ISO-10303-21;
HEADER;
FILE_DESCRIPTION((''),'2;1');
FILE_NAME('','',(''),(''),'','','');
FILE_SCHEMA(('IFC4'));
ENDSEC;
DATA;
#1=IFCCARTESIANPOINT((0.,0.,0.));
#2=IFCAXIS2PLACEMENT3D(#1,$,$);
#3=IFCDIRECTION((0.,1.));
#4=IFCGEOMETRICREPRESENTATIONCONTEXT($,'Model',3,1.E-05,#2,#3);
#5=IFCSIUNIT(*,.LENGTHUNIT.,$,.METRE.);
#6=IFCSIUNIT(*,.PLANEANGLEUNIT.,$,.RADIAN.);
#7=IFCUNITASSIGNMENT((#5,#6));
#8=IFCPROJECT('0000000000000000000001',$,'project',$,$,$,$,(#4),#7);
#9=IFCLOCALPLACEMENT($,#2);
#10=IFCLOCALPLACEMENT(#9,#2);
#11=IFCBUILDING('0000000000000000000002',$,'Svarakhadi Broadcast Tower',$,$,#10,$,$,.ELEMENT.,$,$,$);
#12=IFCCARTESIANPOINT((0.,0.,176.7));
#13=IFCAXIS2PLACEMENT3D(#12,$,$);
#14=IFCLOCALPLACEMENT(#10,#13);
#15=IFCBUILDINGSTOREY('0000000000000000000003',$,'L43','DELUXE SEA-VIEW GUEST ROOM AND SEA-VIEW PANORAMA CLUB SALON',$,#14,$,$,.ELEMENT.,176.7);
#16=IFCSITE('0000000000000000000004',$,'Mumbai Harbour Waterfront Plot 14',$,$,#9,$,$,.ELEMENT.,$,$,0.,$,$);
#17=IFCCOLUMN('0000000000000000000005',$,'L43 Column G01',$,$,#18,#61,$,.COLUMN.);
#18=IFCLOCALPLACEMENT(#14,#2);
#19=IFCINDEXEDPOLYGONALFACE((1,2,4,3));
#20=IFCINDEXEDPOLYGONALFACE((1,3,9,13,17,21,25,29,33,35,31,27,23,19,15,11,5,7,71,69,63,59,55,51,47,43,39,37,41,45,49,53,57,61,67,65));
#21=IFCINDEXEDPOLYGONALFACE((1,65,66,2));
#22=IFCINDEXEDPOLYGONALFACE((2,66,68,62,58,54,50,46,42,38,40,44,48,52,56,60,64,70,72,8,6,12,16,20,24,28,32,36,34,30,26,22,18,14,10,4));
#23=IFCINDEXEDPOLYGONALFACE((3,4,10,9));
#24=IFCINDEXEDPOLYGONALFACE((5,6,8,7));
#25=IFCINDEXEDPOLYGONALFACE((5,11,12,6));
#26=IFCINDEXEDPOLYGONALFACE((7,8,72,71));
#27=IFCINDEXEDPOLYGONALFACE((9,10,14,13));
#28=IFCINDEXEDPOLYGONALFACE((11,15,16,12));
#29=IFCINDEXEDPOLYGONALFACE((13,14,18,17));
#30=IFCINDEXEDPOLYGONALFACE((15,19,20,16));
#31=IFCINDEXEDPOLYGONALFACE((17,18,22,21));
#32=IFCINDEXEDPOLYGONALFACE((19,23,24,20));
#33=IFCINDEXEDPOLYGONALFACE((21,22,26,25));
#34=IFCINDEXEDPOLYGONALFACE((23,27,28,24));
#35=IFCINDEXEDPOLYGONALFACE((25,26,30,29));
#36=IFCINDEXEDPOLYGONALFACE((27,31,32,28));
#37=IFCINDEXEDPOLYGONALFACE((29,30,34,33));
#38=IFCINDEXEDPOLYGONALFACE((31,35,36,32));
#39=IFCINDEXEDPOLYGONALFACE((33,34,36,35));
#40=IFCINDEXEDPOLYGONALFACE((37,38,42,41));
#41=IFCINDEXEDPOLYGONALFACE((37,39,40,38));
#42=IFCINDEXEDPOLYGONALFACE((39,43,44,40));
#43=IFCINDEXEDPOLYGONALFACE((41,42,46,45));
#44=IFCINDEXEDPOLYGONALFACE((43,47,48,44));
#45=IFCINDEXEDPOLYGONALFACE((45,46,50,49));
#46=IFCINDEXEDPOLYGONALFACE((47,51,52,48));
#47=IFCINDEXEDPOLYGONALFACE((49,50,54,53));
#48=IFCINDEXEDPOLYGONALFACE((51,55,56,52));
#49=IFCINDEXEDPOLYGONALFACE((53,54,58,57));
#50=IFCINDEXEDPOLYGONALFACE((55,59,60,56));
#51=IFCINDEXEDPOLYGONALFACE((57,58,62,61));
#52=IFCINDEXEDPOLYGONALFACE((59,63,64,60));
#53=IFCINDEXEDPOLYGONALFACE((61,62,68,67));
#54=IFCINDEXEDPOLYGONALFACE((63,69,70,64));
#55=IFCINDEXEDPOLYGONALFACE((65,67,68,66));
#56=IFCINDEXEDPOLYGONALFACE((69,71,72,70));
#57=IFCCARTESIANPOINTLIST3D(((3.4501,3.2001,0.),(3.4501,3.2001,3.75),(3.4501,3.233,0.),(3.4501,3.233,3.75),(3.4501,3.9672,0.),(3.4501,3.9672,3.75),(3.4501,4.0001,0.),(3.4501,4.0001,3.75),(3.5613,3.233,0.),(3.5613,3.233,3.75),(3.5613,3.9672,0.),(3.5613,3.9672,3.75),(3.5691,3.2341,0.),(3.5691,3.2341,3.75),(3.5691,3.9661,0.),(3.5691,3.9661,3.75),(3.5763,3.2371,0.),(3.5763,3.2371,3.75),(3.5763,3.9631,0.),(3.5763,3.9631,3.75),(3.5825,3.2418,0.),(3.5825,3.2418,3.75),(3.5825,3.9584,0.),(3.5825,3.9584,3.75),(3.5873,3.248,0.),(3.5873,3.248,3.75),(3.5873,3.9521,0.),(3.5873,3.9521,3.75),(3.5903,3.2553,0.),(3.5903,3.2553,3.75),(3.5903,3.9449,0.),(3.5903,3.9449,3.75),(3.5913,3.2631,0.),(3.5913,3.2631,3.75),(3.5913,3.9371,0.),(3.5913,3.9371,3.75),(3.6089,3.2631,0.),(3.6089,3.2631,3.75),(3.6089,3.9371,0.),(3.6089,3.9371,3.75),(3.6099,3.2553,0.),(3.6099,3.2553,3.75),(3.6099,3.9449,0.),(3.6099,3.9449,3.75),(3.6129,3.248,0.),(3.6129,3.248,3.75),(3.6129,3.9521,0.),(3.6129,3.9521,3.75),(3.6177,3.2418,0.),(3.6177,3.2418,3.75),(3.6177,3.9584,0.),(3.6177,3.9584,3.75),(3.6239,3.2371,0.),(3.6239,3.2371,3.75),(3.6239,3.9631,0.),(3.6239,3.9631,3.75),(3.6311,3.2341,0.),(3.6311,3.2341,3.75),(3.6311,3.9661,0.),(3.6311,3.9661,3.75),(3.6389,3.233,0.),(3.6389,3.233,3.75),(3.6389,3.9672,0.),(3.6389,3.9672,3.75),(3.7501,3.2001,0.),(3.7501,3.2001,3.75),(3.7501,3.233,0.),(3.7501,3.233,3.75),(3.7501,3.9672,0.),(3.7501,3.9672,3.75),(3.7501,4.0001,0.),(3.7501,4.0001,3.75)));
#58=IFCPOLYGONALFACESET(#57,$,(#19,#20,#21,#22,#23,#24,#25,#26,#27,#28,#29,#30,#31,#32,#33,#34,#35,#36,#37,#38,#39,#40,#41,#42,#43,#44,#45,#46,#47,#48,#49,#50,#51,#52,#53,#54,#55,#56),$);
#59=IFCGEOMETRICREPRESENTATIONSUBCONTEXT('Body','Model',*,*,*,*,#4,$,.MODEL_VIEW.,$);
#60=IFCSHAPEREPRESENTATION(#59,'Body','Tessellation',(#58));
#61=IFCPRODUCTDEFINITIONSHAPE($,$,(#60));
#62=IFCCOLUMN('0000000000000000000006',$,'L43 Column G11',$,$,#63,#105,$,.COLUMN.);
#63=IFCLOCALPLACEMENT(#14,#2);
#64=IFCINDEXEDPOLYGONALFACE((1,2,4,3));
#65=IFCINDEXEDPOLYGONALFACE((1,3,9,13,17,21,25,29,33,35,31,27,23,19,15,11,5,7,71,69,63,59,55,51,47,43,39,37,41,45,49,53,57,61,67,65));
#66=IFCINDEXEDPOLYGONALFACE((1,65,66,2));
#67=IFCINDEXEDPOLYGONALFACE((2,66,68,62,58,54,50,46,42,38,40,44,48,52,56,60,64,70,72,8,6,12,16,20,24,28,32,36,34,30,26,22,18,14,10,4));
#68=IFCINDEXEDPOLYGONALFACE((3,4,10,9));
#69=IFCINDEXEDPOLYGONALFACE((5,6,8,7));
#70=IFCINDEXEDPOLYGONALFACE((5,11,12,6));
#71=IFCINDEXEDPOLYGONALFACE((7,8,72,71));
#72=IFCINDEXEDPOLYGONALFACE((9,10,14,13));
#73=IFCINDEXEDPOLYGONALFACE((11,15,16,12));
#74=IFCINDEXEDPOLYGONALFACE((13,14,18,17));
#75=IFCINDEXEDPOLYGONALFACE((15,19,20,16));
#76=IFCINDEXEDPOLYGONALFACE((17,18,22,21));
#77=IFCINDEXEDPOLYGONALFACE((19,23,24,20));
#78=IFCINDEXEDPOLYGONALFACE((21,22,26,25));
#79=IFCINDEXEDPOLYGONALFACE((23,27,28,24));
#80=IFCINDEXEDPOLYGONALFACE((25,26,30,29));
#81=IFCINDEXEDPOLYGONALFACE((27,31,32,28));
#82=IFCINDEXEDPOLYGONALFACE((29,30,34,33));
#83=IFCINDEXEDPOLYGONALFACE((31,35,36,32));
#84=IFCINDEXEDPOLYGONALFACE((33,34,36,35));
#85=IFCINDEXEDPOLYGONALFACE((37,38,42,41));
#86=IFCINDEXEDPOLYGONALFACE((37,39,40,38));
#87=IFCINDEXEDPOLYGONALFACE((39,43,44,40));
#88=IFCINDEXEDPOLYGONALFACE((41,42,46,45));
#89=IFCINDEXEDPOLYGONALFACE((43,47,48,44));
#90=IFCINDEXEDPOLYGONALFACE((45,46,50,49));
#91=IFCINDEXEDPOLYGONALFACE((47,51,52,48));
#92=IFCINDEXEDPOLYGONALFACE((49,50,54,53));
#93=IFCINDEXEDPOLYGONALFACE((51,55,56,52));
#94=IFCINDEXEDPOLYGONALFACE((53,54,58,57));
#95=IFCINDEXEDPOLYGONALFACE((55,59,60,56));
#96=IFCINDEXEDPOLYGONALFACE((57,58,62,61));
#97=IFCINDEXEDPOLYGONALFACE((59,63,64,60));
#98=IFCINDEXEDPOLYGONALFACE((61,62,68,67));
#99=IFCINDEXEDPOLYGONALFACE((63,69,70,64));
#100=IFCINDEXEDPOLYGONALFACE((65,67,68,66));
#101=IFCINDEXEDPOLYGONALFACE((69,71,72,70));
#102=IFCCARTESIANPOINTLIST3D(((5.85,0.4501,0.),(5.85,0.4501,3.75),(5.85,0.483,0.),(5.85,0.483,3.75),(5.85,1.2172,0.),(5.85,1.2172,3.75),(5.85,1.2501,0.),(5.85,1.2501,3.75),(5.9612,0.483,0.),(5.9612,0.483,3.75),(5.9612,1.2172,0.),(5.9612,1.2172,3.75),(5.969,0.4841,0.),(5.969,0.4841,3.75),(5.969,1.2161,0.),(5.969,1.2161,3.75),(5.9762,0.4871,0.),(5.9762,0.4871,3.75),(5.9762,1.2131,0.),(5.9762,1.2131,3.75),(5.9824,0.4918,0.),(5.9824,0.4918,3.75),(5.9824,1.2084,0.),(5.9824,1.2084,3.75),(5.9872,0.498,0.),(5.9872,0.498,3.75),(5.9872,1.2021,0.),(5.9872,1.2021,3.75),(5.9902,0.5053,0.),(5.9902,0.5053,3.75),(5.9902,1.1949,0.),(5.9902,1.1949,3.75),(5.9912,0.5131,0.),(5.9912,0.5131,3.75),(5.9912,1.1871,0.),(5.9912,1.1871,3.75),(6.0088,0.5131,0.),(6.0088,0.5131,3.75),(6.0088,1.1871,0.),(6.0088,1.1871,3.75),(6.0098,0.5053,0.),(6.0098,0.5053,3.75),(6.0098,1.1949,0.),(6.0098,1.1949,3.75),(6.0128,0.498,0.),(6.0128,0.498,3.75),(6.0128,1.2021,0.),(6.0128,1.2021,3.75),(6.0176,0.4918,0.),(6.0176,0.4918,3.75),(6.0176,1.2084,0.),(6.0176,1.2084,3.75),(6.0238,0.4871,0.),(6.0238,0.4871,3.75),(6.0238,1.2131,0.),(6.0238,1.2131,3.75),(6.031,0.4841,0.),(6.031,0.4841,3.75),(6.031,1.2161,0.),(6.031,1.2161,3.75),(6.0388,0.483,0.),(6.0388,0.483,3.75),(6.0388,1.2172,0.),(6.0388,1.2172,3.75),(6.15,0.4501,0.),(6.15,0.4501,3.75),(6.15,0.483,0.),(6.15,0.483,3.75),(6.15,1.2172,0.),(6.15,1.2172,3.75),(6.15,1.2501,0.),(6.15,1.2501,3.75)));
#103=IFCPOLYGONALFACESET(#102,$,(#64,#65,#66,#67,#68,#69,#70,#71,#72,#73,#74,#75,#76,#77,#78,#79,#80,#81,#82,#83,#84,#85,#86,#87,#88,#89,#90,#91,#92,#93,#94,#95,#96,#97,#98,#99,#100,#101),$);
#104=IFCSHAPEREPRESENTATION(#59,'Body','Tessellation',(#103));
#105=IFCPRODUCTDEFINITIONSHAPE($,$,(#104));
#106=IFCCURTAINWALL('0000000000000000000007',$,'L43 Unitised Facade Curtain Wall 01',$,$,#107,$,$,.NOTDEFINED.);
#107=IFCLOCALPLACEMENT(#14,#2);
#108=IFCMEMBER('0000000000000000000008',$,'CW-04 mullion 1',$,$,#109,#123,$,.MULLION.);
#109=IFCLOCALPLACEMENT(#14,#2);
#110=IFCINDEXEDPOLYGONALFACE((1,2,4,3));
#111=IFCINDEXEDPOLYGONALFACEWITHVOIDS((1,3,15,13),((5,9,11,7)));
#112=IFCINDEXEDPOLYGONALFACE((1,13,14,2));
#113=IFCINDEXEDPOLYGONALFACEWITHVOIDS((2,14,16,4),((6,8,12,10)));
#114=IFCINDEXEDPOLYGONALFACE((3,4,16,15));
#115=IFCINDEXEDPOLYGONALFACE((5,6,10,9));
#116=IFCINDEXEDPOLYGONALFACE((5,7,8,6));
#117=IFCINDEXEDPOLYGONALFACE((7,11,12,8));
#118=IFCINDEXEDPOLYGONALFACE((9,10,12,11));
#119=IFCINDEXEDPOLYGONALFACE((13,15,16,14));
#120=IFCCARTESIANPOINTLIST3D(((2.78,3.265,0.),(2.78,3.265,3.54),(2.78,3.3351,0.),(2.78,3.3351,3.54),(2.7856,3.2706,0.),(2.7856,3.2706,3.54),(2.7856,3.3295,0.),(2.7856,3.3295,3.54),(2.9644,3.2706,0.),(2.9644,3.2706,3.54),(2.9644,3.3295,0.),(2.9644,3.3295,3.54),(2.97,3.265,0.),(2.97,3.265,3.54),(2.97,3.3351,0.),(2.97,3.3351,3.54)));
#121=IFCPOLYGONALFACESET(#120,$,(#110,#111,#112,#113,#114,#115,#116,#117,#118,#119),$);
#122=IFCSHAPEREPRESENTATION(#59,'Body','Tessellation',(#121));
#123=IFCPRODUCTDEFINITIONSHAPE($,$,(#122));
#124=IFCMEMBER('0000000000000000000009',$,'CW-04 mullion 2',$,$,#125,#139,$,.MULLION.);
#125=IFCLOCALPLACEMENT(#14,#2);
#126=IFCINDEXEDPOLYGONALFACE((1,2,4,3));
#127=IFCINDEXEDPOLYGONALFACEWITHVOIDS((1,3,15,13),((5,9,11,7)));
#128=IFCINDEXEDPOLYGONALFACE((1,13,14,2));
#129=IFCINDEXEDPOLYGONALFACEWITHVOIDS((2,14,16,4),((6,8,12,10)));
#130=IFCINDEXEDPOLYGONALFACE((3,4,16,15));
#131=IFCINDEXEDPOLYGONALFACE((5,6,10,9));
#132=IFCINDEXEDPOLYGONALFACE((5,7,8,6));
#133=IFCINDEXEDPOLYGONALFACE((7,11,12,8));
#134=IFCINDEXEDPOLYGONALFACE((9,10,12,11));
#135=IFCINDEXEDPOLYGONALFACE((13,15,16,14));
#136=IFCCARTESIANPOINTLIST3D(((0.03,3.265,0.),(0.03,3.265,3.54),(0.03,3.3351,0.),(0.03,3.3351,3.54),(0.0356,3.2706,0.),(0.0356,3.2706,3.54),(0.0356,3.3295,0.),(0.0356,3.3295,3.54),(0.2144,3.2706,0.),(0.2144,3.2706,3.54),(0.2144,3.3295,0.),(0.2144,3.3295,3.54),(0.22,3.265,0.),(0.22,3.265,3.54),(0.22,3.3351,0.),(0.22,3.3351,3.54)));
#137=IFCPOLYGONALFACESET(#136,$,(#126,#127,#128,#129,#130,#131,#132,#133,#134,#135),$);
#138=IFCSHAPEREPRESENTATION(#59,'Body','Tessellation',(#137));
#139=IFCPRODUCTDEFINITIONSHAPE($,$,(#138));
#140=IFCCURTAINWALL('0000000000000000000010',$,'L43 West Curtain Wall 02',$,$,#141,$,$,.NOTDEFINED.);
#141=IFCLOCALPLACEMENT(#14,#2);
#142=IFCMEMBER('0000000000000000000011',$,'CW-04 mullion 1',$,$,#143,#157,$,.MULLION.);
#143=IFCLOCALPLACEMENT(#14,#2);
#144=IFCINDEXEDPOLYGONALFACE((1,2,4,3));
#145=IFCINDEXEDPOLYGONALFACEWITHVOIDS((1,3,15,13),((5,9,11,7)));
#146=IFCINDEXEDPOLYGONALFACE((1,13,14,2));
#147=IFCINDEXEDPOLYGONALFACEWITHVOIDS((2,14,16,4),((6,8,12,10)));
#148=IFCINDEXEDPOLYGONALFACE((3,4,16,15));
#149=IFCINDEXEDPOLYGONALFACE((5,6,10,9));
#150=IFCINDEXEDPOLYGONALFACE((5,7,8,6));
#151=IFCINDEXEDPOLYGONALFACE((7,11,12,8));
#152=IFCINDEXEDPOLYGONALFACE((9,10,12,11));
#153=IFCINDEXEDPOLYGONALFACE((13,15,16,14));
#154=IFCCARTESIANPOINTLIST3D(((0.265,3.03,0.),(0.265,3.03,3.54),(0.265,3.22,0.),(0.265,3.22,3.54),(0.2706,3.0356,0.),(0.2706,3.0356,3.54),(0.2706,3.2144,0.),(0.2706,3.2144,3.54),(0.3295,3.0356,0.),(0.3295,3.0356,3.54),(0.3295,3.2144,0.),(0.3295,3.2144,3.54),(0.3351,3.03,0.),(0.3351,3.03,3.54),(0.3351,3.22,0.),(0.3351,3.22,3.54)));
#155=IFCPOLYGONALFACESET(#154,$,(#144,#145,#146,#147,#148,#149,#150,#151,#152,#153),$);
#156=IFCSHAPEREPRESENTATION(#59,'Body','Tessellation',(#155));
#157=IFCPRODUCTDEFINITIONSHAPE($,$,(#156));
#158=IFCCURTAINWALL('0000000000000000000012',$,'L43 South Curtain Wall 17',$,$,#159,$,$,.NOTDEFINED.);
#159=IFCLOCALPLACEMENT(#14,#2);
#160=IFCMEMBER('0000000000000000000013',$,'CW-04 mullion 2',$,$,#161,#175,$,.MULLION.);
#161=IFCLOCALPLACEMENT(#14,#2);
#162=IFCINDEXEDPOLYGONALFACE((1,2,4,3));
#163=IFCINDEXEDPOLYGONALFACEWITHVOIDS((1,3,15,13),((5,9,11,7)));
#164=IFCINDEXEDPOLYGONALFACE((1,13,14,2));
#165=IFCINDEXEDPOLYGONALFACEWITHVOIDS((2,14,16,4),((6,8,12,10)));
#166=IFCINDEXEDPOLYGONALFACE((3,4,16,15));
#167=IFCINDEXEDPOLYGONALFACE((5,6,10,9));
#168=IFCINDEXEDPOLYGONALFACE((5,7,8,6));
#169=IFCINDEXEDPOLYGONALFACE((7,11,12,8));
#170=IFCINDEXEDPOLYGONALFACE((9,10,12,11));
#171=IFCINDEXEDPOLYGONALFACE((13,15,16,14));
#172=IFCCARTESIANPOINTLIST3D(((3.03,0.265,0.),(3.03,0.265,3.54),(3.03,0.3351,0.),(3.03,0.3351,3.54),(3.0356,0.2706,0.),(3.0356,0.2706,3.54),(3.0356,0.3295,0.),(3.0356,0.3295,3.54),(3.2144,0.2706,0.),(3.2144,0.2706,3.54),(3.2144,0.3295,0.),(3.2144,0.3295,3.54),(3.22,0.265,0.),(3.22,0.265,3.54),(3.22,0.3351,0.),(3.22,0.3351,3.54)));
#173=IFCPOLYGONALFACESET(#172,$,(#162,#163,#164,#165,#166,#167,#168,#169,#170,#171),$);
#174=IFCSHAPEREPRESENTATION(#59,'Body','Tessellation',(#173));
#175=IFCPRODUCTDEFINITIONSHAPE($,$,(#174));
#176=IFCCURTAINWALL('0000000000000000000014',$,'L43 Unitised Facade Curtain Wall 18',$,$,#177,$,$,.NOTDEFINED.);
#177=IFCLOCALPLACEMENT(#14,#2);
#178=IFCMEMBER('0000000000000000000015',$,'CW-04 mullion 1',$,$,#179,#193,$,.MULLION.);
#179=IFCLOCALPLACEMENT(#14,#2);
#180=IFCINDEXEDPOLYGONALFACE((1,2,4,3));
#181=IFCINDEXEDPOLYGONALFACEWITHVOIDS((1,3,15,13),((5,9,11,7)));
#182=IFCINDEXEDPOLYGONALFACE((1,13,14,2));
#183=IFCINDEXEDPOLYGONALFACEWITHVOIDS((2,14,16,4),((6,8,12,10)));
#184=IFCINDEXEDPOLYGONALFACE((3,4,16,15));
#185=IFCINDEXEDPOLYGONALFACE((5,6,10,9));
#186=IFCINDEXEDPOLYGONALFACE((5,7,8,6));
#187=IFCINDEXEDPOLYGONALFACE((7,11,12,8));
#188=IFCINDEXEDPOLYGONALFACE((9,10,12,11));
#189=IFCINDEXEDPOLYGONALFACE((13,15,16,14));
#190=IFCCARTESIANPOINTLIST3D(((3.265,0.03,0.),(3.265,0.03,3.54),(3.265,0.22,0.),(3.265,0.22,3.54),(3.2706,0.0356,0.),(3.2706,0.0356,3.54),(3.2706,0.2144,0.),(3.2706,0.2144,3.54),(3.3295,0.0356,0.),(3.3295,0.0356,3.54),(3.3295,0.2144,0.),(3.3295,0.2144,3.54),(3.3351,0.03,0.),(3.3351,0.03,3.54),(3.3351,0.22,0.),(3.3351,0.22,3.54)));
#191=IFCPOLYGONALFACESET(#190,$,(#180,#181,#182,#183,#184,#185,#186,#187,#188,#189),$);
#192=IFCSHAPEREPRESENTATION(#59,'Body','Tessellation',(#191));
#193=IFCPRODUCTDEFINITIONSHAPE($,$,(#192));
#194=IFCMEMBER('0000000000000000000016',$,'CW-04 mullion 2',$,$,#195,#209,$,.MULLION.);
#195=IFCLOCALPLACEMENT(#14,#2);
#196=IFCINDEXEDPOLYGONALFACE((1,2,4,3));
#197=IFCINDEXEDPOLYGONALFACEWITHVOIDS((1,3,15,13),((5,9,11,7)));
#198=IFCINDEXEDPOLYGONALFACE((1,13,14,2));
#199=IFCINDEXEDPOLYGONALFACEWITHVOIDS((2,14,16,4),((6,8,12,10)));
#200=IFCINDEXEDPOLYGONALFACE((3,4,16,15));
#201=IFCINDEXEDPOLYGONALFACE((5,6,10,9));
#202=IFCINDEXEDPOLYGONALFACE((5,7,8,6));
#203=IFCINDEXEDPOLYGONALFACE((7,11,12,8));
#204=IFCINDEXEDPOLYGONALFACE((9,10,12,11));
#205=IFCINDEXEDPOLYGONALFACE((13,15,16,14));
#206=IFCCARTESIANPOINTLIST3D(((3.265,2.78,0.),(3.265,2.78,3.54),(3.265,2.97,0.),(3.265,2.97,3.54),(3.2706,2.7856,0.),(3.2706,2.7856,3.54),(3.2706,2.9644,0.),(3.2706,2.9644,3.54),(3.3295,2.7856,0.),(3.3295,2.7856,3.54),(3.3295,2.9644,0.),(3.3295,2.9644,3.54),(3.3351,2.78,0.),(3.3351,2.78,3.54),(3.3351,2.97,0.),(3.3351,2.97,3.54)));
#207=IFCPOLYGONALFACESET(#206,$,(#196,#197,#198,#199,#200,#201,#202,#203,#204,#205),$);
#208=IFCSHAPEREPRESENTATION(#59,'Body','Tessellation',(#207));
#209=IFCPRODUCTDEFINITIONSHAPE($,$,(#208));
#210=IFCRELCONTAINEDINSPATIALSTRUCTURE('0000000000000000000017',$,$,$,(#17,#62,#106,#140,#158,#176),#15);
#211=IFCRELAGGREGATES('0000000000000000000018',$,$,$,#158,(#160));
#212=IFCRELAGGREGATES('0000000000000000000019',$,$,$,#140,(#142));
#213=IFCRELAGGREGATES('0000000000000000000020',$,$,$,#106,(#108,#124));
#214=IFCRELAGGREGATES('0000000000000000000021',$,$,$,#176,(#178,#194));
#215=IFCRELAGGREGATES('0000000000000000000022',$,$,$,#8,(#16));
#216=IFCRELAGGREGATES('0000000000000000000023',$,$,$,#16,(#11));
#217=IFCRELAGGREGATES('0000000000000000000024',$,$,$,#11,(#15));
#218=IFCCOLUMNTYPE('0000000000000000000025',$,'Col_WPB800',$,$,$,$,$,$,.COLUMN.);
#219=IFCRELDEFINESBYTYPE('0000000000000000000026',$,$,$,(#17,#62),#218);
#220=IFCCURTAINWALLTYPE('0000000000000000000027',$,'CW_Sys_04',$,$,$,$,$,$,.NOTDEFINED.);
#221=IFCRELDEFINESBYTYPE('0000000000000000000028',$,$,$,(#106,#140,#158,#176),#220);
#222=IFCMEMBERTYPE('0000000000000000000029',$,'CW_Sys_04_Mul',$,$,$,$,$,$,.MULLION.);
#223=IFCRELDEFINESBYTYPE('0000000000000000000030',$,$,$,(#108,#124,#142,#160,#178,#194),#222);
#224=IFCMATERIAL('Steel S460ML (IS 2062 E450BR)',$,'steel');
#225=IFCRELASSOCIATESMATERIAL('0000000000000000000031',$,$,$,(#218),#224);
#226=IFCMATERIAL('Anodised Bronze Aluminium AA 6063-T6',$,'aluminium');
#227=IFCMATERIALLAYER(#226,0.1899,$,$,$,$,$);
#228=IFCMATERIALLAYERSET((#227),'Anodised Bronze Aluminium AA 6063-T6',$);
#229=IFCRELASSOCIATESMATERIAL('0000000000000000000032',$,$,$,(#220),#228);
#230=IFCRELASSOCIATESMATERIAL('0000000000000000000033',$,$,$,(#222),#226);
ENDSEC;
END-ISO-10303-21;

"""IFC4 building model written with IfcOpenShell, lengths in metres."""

from ifc_helpers import new_model, si_unit, direction, frame, origin, origin_2d, place, context, subcontext, project, spatial, hollow_rectangle, i_section, extrude, material, layer, layer_set, material_profile, profile_set, type_object, element, aggregate, save


model = new_model("IFC4")

# Units and contexts
model_context = context("Model", 3, precision=1e-05, world=origin(), true_north=direction((0.0, 1.0)))
body_context = subcontext(model_context, "Body", "Model", "MODEL_VIEW")
ifc_project = project(units=[si_unit("LENGTHUNIT", "METRE"), si_unit("PLANEANGLEUNIT", "RADIAN")], contexts=[model_context])

# Site, building, storey
site_placement = place(None, origin())
site = spatial("IfcSite", under=ifc_project, at=site_placement, Name="Mumbai Harbour Waterfront Plot 14", CompositionType="ELEMENT", RefElevation=0.0)
building_placement = place(site_placement, origin())
building = spatial("IfcBuilding", under=site, at=building_placement, Name="Svarakhadi Broadcast Tower", CompositionType="ELEMENT")
storey_placement = place(building_placement, frame((0.0, 0.0, 176.7)))
storey = spatial("IfcBuildingStorey", under=building, at=storey_placement, Name="L43", Description="DELUXE SEA-VIEW GUEST ROOM AND SEA-VIEW PANORAMA CLUB SALON", CompositionType="ELEMENT", Elevation=176.7)

# Columns
ifc_material_1 = material(Name="Steel S460ML (IS 2062 E450BR)", Category="steel")
ifc_material_profile_1 = material_profile(ifc_material_1, i_section(OverallWidth=0.3, OverallDepth=0.8, WebThickness=0.0176, FlangeThickness=0.033, FilletRadius=0.03, at=origin_2d()), Name="WPB 800x300x262")
ifc_profile_set_1 = profile_set([ifc_material_profile_1], Name="Steel S460ML (IS 2062 E450BR)")
column_type = type_object("IfcColumnType", Name="Col_WPB800", PredefinedType="COLUMN", material=ifc_profile_set_1)
for number, where, z_axis, x_axis, name in (
    (1, (3.6001, 3.6001, 0.0), (0.0, 0.0, 1.0), (1.0, 0.0, 0.0), "L43 Column G01"),
    (2, (6.0, 0.8501, 0.0), (0.0, 0.0, 1.0), (1.0, 0.0, 0.0), "L43 Column G11"),
):
    element("IfcColumn", number, at=place(storey_placement, frame(where, z_axis=z_axis, x_axis=x_axis)), inside=storey, type_object=column_type, Name=name, PredefinedType="COLUMN", context=body_context, shape_type="SweptSolid", body=[
        extrude(i_section(OverallWidth=0.3, OverallDepth=0.8, WebThickness=0.0176, FlangeThickness=0.033, FilletRadius=0.03, at=origin_2d()), origin(), (0.0, 0.0, 1.0), 3.75),
    ])

# Curtain wall, members
ifc_material_2 = material(Name="Anodised Bronze Aluminium AA 6063-T6", Category="aluminium")
ifc_layer_1 = layer(ifc_material_2, 0.1899)
ifc_layer_set_1 = layer_set([ifc_layer_1], Name="Anodised Bronze Aluminium AA 6063-T6")
curtain_wall_type = type_object("IfcCurtainWallType", Name="CW_Sys_04", PredefinedType="NOTDEFINED", material=ifc_layer_set_1)
curtain_wall_1_placement = place(storey_placement, origin())
curtain_wall_1 = element("IfcCurtainWall", 3, at=curtain_wall_1_placement, inside=storey, type_object=curtain_wall_type, Name="L43 Unitised Facade Curtain Wall 01", PredefinedType="NOTDEFINED")
ifc_material_profile_2 = material_profile(ifc_material_2, hollow_rectangle(XDim=0.0701, YDim=0.1899, WallThickness=0.0056, at=origin_2d()), Name="ALU MULLION 190x70x6")
ifc_profile_set_2 = profile_set([ifc_material_profile_2], Name="Anodised Bronze Aluminium AA 6063-T6")
member_type_1 = type_object("IfcMemberType", Name="CW_Sys_04_Mul", PredefinedType="MULLION", material=ifc_profile_set_2)
member_1_placement = place(storey_placement, frame((2.875, 3.3, 0.0), z_axis=(0.0, 0.0, 1.0), x_axis=(0.0, -1.0, 0.0)))
member_1 = element("IfcMember", 4, at=member_1_placement, type_object=member_type_1, Name="CW-04 mullion 1", PredefinedType="MULLION", context=body_context, shape_type="SweptSolid", body=[
    extrude(hollow_rectangle(XDim=0.0701, YDim=0.1899, WallThickness=0.0056, at=origin_2d()), origin(), (0.0, 0.0, 1.0), 3.54),
])
member_2_placement = place(storey_placement, frame((0.125, 3.3, 0.0), z_axis=(0.0, 0.0, 1.0), x_axis=(0.0, -1.0, 0.0)))
member_2 = element("IfcMember", 5, at=member_2_placement, type_object=member_type_1, Name="CW-04 mullion 2", PredefinedType="MULLION", context=body_context, shape_type="SweptSolid", body=[
    extrude(hollow_rectangle(XDim=0.0701, YDim=0.1899, WallThickness=0.0056, at=origin_2d()), origin(), (0.0, 0.0, 1.0), 3.54),
])

# Curtain walls, members
curtain_wall_2_placement = place(storey_placement, origin())
curtain_wall_2 = element("IfcCurtainWall", 6, at=curtain_wall_2_placement, inside=storey, type_object=curtain_wall_type, Name="L43 West Curtain Wall 02", PredefinedType="NOTDEFINED")
member_3_placement = place(storey_placement, frame((0.3, 3.125, 0.0), z_axis=(0.0, 0.0, 1.0), x_axis=(-1.0, 0.0, 0.0)))
member_3 = element("IfcMember", 7, at=member_3_placement, type_object=member_type_1, Name="CW-04 mullion 1", PredefinedType="MULLION", context=body_context, shape_type="SweptSolid", body=[
    extrude(hollow_rectangle(XDim=0.0701, YDim=0.1899, WallThickness=0.0056, at=origin_2d()), origin(), (0.0, 0.0, 1.0), 3.54),
])
curtain_wall_3_placement = place(storey_placement, origin())
curtain_wall_3 = element("IfcCurtainWall", 8, at=curtain_wall_3_placement, inside=storey, type_object=curtain_wall_type, Name="L43 South Curtain Wall 17", PredefinedType="NOTDEFINED")
member_4_placement = place(storey_placement, frame((3.125, 0.3, 0.0), z_axis=(0.0, 0.0, 1.0), x_axis=(0.0, -1.0, 0.0)))
member_4 = element("IfcMember", 9, at=member_4_placement, type_object=member_type_1, Name="CW-04 mullion 2", PredefinedType="MULLION", context=body_context, shape_type="SweptSolid", body=[
    extrude(hollow_rectangle(XDim=0.0701, YDim=0.1899, WallThickness=0.0056, at=origin_2d()), origin(), (0.0, 0.0, 1.0), 3.54),
])
aggregate(curtain_wall_3, [member_4])

# Curtain wall, members
curtain_wall_4_placement = place(storey_placement, origin())
curtain_wall_4 = element("IfcCurtainWall", 10, at=curtain_wall_4_placement, inside=storey, type_object=curtain_wall_type, Name="L43 Unitised Facade Curtain Wall 18", PredefinedType="NOTDEFINED")
member_5_placement = place(storey_placement, frame((3.3, 0.125, 0.0), z_axis=(0.0, 0.0, 1.0), x_axis=(-1.0, 0.0, 0.0)))
member_5 = element("IfcMember", 11, at=member_5_placement, type_object=member_type_1, Name="CW-04 mullion 1", PredefinedType="MULLION", context=body_context, shape_type="SweptSolid", body=[
    extrude(hollow_rectangle(XDim=0.0701, YDim=0.1899, WallThickness=0.0056, at=origin_2d()), origin(), (0.0, 0.0, 1.0), 3.54),
])
member_6_placement = place(storey_placement, frame((3.3, 2.875, 0.0), z_axis=(0.0, 0.0, 1.0), x_axis=(-1.0, 0.0, 0.0)))
member_6 = element("IfcMember", 12, at=member_6_placement, type_object=member_type_1, Name="CW-04 mullion 2", PredefinedType="MULLION", context=body_context, shape_type="SweptSolid", body=[
    extrude(hollow_rectangle(XDim=0.0701, YDim=0.1899, WallThickness=0.0056, at=origin_2d()), origin(), (0.0, 0.0, 1.0), 3.54),
])

aggregate(curtain_wall_2, [member_3])

aggregate(curtain_wall_1, [member_1, member_2])
aggregate(curtain_wall_4, [member_5, member_6])

save(model, "model.ifc")
